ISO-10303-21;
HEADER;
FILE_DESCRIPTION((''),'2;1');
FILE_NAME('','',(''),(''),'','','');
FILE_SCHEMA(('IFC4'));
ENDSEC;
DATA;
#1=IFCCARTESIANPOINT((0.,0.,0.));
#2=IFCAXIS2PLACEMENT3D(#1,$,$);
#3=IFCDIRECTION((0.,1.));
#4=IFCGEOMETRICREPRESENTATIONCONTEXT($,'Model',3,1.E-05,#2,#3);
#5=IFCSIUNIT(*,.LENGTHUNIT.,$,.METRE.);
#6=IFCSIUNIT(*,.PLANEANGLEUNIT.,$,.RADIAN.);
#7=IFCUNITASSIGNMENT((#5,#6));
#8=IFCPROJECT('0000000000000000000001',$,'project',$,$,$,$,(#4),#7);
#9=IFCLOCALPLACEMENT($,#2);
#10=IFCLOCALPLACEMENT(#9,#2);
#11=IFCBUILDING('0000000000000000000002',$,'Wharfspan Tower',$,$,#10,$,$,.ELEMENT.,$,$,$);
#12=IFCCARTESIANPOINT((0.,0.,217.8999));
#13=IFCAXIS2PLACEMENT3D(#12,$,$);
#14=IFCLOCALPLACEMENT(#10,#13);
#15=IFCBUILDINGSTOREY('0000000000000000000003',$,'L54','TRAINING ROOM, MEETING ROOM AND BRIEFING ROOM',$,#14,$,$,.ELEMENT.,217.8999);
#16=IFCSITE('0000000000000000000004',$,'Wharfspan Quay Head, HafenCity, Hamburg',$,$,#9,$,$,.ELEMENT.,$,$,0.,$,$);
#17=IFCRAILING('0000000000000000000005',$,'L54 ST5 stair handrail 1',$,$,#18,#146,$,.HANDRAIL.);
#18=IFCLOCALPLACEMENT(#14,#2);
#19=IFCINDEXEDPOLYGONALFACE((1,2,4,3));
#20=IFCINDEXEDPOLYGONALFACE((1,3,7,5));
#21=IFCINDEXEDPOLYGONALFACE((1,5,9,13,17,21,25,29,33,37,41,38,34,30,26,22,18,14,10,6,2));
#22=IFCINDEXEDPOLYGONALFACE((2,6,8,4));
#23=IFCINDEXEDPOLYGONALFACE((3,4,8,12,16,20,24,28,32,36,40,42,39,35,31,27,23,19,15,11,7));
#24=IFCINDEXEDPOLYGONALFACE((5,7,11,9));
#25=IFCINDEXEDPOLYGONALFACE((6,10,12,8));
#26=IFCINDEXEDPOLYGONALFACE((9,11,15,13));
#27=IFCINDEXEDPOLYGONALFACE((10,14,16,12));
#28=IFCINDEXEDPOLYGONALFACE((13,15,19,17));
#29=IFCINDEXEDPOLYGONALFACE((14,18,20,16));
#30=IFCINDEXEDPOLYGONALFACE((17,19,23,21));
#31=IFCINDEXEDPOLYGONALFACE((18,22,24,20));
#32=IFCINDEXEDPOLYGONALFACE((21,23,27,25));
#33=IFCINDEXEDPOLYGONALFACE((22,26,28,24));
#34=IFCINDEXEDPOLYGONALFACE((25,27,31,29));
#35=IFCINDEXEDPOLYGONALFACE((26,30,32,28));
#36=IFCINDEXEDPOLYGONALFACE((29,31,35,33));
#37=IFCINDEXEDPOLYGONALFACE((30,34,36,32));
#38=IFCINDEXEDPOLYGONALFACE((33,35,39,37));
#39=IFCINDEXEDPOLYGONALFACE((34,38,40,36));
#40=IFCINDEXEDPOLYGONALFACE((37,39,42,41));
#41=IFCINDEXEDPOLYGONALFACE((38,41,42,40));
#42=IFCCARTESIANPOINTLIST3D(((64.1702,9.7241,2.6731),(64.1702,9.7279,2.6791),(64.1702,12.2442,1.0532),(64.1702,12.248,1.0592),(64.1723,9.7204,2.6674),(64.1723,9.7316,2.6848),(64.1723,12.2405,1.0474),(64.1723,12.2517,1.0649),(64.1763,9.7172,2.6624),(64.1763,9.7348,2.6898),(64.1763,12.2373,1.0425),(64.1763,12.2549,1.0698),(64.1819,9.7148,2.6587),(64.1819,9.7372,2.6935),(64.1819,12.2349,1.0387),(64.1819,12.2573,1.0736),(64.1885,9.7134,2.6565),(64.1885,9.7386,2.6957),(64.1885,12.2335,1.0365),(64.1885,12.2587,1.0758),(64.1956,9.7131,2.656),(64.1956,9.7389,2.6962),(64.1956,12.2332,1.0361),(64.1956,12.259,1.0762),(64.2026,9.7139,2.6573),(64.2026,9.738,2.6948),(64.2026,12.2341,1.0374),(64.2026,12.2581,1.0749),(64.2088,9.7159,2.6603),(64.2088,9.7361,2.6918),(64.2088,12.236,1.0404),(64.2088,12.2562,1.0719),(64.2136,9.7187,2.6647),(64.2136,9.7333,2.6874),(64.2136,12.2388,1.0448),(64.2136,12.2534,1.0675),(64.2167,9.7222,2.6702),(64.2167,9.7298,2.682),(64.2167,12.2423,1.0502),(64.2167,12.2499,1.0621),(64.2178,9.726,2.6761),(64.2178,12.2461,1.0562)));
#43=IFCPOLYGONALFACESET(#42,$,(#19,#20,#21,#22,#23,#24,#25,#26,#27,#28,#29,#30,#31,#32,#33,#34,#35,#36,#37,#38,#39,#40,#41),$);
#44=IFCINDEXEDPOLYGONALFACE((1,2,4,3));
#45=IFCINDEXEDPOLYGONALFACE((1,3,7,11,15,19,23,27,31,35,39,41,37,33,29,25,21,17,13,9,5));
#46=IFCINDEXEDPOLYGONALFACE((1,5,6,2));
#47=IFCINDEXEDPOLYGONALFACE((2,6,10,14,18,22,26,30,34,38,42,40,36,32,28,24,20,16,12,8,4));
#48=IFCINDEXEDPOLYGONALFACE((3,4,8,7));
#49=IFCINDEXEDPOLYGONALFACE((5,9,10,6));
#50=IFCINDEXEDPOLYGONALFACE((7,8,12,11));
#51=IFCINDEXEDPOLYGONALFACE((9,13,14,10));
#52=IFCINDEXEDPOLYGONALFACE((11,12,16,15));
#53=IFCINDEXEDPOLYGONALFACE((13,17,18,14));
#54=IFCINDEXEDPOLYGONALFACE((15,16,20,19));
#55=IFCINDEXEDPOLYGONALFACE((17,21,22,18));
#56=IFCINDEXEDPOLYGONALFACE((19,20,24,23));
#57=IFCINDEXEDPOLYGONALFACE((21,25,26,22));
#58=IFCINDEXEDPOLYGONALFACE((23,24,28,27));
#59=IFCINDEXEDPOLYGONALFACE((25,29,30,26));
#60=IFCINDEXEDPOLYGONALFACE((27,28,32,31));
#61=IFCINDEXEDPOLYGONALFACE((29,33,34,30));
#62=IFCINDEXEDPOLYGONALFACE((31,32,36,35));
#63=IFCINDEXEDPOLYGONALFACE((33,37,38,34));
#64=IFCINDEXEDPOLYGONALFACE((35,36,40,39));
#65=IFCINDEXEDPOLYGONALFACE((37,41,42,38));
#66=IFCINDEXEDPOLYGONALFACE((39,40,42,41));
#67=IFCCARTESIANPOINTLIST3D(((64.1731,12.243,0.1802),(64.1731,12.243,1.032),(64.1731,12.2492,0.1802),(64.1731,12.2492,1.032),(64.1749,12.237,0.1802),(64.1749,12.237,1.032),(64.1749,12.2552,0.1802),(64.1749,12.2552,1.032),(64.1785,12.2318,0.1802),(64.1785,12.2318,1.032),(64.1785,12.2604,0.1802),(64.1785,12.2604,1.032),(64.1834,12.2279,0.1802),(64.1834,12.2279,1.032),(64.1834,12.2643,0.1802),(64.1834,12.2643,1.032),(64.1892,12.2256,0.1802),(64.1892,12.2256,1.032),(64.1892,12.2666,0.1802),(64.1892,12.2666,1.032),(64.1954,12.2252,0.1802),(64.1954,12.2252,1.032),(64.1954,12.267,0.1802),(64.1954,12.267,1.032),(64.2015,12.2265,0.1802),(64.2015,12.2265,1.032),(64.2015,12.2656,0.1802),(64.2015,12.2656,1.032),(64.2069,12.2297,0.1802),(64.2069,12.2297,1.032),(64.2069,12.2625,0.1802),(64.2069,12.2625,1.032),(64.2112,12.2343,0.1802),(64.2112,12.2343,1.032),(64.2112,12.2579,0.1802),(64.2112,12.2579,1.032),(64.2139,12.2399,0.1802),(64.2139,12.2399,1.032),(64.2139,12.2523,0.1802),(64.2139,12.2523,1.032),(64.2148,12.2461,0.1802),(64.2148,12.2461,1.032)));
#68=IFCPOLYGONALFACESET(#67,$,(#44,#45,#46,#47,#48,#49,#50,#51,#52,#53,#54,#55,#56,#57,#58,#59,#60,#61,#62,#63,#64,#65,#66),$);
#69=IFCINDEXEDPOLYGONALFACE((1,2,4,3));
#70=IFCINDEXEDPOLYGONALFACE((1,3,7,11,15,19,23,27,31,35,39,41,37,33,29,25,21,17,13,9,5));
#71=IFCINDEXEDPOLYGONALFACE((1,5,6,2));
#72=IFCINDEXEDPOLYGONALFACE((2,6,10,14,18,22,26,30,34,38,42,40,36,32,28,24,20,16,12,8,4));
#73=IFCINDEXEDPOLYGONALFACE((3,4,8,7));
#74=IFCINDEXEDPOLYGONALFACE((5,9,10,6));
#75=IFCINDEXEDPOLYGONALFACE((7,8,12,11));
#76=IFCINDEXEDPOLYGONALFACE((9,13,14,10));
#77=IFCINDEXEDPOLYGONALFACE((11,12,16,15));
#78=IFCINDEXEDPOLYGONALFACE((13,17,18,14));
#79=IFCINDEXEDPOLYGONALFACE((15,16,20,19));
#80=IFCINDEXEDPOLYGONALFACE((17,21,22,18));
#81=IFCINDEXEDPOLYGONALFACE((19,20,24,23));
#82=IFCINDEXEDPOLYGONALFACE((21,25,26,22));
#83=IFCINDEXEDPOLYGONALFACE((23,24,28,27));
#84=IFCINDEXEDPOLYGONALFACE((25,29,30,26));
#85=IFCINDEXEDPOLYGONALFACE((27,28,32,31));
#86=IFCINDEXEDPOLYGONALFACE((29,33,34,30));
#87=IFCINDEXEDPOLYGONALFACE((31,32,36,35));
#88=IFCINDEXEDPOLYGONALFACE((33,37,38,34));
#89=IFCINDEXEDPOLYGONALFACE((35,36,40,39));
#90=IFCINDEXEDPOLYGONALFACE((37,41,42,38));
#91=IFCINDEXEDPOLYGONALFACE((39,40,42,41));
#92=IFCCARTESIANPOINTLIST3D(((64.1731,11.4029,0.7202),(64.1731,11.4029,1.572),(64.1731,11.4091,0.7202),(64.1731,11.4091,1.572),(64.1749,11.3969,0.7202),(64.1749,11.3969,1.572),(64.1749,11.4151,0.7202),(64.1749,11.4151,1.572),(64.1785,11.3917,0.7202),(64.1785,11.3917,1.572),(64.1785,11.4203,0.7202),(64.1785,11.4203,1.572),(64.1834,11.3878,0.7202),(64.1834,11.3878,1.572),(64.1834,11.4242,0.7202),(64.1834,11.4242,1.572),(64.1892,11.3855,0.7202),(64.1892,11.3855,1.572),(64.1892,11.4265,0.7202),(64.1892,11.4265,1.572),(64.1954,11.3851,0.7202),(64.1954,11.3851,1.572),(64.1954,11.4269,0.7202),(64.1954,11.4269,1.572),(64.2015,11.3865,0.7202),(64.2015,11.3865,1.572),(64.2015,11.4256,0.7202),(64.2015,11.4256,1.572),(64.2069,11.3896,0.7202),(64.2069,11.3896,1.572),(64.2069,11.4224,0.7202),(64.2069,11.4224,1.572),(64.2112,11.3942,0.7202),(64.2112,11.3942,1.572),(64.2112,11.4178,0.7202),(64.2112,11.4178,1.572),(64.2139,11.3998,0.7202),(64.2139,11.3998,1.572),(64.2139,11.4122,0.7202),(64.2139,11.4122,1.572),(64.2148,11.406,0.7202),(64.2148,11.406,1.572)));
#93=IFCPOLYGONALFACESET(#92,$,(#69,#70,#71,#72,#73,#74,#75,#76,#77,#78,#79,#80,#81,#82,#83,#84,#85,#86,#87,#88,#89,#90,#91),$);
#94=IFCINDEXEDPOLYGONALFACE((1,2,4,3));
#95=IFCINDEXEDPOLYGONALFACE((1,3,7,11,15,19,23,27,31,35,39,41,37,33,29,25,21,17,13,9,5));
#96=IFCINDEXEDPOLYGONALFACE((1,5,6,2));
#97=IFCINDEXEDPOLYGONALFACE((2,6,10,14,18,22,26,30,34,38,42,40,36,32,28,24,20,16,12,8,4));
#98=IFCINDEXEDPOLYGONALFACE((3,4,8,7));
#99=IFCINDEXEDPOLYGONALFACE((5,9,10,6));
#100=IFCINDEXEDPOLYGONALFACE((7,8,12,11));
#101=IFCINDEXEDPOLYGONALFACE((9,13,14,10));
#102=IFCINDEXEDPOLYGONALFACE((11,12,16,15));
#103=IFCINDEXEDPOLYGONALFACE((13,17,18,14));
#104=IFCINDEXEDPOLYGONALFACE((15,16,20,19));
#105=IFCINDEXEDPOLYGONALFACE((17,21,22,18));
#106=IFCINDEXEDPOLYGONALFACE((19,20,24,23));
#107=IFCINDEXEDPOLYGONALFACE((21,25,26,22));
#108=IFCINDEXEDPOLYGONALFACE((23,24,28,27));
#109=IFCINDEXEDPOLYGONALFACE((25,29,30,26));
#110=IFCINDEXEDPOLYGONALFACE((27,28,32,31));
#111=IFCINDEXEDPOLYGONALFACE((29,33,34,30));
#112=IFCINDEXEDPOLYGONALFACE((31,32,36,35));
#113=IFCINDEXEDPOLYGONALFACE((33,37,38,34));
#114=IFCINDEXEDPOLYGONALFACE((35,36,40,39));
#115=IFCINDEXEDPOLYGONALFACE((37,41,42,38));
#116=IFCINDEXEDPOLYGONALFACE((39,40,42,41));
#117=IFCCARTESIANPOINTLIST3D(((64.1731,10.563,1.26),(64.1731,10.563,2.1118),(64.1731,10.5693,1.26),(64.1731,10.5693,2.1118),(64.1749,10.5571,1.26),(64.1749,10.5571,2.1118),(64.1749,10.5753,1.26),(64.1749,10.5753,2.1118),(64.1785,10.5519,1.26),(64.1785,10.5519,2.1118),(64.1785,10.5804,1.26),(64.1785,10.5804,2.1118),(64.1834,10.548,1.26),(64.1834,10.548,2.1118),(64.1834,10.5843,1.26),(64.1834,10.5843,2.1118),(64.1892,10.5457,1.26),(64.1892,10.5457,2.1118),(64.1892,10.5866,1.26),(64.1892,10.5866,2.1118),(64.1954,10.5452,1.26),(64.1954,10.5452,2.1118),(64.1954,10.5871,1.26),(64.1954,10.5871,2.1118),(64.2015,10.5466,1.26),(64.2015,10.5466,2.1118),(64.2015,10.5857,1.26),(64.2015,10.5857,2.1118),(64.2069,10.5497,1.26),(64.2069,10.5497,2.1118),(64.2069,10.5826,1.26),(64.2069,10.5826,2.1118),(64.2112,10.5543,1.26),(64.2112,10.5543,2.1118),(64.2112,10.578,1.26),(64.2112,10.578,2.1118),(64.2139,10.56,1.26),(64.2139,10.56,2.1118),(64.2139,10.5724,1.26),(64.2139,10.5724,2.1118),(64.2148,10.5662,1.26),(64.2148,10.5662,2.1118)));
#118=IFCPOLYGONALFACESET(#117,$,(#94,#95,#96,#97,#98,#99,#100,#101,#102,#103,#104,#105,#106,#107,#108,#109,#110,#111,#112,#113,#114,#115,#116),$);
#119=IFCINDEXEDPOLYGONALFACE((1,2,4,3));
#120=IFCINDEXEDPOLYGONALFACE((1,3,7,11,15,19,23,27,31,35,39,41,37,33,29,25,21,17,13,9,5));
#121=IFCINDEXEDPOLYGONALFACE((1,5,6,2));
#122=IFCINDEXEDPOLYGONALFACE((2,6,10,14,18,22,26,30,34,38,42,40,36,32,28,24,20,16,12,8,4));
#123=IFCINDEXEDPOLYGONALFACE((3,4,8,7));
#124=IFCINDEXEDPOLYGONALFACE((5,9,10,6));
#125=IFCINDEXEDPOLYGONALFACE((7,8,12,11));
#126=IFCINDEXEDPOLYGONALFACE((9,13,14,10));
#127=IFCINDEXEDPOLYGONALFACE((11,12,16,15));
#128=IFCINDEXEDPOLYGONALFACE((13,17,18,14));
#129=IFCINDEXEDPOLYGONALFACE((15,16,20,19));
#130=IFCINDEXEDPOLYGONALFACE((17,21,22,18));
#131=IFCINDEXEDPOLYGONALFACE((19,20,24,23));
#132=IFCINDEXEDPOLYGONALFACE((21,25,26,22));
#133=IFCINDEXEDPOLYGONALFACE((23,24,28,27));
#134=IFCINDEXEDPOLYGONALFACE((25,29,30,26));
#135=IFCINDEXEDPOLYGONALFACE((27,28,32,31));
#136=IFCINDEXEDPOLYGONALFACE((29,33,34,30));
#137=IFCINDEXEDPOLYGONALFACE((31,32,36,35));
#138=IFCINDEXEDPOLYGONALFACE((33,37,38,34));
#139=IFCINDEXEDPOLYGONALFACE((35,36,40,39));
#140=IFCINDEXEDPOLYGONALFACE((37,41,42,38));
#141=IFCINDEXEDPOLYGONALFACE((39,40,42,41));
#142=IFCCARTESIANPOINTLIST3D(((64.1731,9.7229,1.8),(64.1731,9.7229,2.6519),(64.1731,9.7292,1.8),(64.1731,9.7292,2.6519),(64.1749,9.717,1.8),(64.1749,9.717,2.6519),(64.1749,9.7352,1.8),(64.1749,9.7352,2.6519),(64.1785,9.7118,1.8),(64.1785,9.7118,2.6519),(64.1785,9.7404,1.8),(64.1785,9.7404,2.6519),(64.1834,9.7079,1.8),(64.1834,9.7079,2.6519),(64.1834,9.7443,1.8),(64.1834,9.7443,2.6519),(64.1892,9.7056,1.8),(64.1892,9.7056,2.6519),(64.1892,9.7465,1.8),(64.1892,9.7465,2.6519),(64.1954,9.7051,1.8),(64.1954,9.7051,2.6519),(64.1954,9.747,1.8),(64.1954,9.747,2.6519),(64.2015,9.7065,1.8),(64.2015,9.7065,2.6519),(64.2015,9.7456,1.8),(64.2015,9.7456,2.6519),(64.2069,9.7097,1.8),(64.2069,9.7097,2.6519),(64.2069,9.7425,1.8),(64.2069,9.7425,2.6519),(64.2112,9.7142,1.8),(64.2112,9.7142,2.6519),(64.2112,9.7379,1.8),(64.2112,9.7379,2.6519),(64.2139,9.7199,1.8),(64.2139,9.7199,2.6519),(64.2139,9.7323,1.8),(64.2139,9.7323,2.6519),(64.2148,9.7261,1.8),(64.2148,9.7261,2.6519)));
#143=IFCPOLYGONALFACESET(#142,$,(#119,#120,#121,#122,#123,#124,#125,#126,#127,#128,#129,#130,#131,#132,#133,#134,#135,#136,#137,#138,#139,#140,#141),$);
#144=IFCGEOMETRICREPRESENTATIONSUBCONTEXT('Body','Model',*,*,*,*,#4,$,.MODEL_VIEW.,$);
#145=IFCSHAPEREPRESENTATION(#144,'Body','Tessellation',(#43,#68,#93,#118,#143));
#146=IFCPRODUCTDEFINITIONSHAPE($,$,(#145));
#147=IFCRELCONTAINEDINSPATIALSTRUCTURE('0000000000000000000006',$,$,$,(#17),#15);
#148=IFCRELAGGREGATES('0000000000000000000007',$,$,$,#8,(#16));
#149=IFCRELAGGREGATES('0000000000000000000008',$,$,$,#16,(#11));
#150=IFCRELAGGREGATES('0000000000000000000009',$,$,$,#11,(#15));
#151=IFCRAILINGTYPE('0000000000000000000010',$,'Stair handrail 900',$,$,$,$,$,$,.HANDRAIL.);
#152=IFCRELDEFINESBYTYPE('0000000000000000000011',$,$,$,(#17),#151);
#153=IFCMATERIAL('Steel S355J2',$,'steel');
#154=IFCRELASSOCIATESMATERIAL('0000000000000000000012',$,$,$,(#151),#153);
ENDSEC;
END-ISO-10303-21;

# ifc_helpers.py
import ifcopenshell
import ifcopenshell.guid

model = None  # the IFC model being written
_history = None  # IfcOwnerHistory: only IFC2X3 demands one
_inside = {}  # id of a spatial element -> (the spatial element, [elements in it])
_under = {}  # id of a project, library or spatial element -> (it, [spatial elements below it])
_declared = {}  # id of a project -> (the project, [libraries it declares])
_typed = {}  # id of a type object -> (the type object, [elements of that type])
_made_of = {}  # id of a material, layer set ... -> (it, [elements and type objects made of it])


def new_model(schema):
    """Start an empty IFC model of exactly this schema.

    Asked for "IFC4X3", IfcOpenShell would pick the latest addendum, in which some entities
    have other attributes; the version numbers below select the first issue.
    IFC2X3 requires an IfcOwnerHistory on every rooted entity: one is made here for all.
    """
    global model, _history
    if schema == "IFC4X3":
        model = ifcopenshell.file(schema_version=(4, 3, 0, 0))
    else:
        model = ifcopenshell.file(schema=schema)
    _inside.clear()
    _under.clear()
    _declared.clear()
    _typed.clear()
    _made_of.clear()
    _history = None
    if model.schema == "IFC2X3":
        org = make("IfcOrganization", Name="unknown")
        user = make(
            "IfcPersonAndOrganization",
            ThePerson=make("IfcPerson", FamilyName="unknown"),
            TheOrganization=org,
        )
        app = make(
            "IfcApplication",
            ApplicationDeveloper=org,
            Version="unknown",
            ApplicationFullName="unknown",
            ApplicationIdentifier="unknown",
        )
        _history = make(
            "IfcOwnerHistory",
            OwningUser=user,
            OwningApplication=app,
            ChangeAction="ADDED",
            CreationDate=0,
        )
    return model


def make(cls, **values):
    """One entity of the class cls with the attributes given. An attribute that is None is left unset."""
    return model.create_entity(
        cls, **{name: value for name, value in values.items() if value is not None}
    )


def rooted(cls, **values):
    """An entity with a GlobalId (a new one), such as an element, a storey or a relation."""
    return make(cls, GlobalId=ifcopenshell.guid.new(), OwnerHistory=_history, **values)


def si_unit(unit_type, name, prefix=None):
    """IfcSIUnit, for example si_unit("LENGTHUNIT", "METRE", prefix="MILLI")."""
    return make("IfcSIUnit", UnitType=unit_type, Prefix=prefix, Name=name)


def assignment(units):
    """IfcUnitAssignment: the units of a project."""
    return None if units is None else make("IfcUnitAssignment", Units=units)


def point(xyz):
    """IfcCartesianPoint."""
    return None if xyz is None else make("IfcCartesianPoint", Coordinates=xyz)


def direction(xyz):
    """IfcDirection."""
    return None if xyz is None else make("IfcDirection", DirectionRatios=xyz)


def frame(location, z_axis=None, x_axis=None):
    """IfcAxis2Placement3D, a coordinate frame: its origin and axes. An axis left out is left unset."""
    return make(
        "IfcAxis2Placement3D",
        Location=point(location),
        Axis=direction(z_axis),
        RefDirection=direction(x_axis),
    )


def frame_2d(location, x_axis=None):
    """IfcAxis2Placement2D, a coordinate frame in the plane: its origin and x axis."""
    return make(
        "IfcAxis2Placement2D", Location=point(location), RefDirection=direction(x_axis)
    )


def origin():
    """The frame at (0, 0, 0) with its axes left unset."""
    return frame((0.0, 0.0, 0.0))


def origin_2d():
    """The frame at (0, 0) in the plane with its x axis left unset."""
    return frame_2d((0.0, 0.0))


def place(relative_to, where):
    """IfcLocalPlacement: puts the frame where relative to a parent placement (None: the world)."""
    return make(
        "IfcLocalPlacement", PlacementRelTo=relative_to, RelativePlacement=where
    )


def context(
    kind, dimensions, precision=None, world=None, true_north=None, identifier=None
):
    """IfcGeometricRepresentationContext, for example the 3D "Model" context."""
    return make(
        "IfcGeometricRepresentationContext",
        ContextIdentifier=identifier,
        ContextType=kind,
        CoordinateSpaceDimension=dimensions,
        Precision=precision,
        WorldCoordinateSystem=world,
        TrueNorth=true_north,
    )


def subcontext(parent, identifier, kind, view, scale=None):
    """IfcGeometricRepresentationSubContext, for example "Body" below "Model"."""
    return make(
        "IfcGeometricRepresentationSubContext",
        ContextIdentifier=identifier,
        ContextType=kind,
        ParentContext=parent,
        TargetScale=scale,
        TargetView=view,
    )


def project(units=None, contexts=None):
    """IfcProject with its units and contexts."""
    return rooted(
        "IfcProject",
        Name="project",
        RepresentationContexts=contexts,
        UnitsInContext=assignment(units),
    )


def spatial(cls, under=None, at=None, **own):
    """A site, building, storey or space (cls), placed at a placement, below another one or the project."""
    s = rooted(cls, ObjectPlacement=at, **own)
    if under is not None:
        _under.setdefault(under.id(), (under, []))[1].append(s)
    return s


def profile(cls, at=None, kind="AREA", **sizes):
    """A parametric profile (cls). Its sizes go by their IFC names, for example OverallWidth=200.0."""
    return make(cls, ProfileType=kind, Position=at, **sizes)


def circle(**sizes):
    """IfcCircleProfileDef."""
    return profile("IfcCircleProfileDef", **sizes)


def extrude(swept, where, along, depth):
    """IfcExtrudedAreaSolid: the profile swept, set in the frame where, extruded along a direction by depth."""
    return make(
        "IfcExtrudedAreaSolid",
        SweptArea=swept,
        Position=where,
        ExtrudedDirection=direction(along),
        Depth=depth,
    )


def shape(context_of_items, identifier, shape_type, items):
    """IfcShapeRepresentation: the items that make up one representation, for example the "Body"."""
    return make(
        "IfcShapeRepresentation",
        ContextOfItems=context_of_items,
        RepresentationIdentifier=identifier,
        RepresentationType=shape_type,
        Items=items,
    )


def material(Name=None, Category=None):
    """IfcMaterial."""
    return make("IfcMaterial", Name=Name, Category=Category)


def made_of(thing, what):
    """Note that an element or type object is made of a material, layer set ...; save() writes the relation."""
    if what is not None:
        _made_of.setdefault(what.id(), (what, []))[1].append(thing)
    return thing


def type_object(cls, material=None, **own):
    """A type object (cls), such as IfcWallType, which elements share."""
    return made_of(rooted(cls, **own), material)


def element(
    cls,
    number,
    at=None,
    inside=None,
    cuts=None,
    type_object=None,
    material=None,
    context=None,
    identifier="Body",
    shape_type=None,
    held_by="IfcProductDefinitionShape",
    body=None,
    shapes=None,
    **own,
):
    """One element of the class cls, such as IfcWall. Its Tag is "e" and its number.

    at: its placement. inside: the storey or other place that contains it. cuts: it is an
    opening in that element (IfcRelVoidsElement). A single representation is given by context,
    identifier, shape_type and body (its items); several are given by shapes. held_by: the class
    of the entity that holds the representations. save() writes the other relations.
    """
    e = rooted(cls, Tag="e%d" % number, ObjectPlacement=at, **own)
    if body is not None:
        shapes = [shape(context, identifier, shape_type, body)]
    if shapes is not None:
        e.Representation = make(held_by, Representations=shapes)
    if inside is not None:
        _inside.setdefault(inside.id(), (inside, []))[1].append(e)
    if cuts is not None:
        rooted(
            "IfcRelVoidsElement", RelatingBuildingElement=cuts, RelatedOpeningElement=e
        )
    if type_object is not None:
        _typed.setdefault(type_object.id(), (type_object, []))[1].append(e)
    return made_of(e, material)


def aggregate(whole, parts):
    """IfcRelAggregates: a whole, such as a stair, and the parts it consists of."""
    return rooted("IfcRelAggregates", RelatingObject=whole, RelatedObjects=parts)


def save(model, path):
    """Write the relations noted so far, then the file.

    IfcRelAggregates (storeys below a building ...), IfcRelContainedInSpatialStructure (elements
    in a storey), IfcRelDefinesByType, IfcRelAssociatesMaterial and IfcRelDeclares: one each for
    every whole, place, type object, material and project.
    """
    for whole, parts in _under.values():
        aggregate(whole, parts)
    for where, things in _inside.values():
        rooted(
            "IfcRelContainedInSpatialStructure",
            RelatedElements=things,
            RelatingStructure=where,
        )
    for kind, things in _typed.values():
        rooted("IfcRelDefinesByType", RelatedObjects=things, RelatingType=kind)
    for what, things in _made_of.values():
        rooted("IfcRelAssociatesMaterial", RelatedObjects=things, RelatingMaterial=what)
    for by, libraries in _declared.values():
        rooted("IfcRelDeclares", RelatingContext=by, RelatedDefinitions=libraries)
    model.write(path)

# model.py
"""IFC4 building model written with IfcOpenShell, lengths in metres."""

from ifc_helpers import new_model, si_unit, direction, frame, origin, origin_2d, place, context, subcontext, project, spatial, circle, extrude, material, type_object, element, save


model = new_model("IFC4")

# Units and contexts
model_context = context("Model", 3, precision=1e-05, world=origin(), true_north=direction((0.0, 1.0)))
body_context = subcontext(model_context, "Body", "Model", "MODEL_VIEW")
ifc_project = project(units=[si_unit("LENGTHUNIT", "METRE"), si_unit("PLANEANGLEUNIT", "RADIAN")], contexts=[model_context])

# Site, building, storey
site_placement = place(None, origin())
site = spatial("IfcSite", under=ifc_project, at=site_placement, Name="Wharfspan Quay Head, HafenCity, Hamburg", CompositionType="ELEMENT", RefElevation=0.0)
building_placement = place(site_placement, origin())
building = spatial("IfcBuilding", under=site, at=building_placement, Name="Wharfspan Tower", CompositionType="ELEMENT")
storey_placement = place(building_placement, frame((0.0, 0.0, 217.8999)))
storey = spatial("IfcBuildingStorey", under=building, at=storey_placement, Name="L54", Description="TRAINING ROOM, MEETING ROOM AND BRIEFING ROOM", CompositionType="ELEMENT", Elevation=217.8999)

# Shared definitions
ifc_material_1 = material(Name="Steel S355J2", Category="steel")

# Railing
railing_type = type_object("IfcRailingType", Name="Stair handrail 900", PredefinedType="HANDRAIL", material=ifc_material_1)
railing_placement = place(storey_placement, frame((64.1938, 12.2461, 0.1802)))
element("IfcRailing", 1, at=railing_placement, inside=storey, type_object=railing_type, Name="L54 ST5 stair handrail 1", PredefinedType="HANDRAIL", context=body_context, shape_type="SweptSolid", body=[
    extrude(circle(Radius=0.0239, at=origin_2d()), frame((0.0, 0.0, 0.876), z_axis=(0.0, -0.8412, 0.540725), x_axis=(1.0, 0.0, 0.0)), (0.0, 0.0, 1.0), 2.9958),
    extrude(circle(Radius=0.021, at=origin_2d()), origin(), (0.0, 0.0, 1.0), 0.8518),
    extrude(circle(Radius=0.021, at=origin_2d()), frame((0.0, -0.8401, 0.54)), (0.0, 0.0, 1.0), 0.8518),
    extrude(circle(Radius=0.021, at=origin_2d()), frame((0.0, -1.6799, 1.0798)), (0.0, 0.0, 1.0), 0.8518),
    extrude(circle(Radius=0.021, at=origin_2d()), frame((0.0, -2.52, 1.6199)), (0.0, 0.0, 1.0), 0.8518),
])

save(model, "model.ifc")
